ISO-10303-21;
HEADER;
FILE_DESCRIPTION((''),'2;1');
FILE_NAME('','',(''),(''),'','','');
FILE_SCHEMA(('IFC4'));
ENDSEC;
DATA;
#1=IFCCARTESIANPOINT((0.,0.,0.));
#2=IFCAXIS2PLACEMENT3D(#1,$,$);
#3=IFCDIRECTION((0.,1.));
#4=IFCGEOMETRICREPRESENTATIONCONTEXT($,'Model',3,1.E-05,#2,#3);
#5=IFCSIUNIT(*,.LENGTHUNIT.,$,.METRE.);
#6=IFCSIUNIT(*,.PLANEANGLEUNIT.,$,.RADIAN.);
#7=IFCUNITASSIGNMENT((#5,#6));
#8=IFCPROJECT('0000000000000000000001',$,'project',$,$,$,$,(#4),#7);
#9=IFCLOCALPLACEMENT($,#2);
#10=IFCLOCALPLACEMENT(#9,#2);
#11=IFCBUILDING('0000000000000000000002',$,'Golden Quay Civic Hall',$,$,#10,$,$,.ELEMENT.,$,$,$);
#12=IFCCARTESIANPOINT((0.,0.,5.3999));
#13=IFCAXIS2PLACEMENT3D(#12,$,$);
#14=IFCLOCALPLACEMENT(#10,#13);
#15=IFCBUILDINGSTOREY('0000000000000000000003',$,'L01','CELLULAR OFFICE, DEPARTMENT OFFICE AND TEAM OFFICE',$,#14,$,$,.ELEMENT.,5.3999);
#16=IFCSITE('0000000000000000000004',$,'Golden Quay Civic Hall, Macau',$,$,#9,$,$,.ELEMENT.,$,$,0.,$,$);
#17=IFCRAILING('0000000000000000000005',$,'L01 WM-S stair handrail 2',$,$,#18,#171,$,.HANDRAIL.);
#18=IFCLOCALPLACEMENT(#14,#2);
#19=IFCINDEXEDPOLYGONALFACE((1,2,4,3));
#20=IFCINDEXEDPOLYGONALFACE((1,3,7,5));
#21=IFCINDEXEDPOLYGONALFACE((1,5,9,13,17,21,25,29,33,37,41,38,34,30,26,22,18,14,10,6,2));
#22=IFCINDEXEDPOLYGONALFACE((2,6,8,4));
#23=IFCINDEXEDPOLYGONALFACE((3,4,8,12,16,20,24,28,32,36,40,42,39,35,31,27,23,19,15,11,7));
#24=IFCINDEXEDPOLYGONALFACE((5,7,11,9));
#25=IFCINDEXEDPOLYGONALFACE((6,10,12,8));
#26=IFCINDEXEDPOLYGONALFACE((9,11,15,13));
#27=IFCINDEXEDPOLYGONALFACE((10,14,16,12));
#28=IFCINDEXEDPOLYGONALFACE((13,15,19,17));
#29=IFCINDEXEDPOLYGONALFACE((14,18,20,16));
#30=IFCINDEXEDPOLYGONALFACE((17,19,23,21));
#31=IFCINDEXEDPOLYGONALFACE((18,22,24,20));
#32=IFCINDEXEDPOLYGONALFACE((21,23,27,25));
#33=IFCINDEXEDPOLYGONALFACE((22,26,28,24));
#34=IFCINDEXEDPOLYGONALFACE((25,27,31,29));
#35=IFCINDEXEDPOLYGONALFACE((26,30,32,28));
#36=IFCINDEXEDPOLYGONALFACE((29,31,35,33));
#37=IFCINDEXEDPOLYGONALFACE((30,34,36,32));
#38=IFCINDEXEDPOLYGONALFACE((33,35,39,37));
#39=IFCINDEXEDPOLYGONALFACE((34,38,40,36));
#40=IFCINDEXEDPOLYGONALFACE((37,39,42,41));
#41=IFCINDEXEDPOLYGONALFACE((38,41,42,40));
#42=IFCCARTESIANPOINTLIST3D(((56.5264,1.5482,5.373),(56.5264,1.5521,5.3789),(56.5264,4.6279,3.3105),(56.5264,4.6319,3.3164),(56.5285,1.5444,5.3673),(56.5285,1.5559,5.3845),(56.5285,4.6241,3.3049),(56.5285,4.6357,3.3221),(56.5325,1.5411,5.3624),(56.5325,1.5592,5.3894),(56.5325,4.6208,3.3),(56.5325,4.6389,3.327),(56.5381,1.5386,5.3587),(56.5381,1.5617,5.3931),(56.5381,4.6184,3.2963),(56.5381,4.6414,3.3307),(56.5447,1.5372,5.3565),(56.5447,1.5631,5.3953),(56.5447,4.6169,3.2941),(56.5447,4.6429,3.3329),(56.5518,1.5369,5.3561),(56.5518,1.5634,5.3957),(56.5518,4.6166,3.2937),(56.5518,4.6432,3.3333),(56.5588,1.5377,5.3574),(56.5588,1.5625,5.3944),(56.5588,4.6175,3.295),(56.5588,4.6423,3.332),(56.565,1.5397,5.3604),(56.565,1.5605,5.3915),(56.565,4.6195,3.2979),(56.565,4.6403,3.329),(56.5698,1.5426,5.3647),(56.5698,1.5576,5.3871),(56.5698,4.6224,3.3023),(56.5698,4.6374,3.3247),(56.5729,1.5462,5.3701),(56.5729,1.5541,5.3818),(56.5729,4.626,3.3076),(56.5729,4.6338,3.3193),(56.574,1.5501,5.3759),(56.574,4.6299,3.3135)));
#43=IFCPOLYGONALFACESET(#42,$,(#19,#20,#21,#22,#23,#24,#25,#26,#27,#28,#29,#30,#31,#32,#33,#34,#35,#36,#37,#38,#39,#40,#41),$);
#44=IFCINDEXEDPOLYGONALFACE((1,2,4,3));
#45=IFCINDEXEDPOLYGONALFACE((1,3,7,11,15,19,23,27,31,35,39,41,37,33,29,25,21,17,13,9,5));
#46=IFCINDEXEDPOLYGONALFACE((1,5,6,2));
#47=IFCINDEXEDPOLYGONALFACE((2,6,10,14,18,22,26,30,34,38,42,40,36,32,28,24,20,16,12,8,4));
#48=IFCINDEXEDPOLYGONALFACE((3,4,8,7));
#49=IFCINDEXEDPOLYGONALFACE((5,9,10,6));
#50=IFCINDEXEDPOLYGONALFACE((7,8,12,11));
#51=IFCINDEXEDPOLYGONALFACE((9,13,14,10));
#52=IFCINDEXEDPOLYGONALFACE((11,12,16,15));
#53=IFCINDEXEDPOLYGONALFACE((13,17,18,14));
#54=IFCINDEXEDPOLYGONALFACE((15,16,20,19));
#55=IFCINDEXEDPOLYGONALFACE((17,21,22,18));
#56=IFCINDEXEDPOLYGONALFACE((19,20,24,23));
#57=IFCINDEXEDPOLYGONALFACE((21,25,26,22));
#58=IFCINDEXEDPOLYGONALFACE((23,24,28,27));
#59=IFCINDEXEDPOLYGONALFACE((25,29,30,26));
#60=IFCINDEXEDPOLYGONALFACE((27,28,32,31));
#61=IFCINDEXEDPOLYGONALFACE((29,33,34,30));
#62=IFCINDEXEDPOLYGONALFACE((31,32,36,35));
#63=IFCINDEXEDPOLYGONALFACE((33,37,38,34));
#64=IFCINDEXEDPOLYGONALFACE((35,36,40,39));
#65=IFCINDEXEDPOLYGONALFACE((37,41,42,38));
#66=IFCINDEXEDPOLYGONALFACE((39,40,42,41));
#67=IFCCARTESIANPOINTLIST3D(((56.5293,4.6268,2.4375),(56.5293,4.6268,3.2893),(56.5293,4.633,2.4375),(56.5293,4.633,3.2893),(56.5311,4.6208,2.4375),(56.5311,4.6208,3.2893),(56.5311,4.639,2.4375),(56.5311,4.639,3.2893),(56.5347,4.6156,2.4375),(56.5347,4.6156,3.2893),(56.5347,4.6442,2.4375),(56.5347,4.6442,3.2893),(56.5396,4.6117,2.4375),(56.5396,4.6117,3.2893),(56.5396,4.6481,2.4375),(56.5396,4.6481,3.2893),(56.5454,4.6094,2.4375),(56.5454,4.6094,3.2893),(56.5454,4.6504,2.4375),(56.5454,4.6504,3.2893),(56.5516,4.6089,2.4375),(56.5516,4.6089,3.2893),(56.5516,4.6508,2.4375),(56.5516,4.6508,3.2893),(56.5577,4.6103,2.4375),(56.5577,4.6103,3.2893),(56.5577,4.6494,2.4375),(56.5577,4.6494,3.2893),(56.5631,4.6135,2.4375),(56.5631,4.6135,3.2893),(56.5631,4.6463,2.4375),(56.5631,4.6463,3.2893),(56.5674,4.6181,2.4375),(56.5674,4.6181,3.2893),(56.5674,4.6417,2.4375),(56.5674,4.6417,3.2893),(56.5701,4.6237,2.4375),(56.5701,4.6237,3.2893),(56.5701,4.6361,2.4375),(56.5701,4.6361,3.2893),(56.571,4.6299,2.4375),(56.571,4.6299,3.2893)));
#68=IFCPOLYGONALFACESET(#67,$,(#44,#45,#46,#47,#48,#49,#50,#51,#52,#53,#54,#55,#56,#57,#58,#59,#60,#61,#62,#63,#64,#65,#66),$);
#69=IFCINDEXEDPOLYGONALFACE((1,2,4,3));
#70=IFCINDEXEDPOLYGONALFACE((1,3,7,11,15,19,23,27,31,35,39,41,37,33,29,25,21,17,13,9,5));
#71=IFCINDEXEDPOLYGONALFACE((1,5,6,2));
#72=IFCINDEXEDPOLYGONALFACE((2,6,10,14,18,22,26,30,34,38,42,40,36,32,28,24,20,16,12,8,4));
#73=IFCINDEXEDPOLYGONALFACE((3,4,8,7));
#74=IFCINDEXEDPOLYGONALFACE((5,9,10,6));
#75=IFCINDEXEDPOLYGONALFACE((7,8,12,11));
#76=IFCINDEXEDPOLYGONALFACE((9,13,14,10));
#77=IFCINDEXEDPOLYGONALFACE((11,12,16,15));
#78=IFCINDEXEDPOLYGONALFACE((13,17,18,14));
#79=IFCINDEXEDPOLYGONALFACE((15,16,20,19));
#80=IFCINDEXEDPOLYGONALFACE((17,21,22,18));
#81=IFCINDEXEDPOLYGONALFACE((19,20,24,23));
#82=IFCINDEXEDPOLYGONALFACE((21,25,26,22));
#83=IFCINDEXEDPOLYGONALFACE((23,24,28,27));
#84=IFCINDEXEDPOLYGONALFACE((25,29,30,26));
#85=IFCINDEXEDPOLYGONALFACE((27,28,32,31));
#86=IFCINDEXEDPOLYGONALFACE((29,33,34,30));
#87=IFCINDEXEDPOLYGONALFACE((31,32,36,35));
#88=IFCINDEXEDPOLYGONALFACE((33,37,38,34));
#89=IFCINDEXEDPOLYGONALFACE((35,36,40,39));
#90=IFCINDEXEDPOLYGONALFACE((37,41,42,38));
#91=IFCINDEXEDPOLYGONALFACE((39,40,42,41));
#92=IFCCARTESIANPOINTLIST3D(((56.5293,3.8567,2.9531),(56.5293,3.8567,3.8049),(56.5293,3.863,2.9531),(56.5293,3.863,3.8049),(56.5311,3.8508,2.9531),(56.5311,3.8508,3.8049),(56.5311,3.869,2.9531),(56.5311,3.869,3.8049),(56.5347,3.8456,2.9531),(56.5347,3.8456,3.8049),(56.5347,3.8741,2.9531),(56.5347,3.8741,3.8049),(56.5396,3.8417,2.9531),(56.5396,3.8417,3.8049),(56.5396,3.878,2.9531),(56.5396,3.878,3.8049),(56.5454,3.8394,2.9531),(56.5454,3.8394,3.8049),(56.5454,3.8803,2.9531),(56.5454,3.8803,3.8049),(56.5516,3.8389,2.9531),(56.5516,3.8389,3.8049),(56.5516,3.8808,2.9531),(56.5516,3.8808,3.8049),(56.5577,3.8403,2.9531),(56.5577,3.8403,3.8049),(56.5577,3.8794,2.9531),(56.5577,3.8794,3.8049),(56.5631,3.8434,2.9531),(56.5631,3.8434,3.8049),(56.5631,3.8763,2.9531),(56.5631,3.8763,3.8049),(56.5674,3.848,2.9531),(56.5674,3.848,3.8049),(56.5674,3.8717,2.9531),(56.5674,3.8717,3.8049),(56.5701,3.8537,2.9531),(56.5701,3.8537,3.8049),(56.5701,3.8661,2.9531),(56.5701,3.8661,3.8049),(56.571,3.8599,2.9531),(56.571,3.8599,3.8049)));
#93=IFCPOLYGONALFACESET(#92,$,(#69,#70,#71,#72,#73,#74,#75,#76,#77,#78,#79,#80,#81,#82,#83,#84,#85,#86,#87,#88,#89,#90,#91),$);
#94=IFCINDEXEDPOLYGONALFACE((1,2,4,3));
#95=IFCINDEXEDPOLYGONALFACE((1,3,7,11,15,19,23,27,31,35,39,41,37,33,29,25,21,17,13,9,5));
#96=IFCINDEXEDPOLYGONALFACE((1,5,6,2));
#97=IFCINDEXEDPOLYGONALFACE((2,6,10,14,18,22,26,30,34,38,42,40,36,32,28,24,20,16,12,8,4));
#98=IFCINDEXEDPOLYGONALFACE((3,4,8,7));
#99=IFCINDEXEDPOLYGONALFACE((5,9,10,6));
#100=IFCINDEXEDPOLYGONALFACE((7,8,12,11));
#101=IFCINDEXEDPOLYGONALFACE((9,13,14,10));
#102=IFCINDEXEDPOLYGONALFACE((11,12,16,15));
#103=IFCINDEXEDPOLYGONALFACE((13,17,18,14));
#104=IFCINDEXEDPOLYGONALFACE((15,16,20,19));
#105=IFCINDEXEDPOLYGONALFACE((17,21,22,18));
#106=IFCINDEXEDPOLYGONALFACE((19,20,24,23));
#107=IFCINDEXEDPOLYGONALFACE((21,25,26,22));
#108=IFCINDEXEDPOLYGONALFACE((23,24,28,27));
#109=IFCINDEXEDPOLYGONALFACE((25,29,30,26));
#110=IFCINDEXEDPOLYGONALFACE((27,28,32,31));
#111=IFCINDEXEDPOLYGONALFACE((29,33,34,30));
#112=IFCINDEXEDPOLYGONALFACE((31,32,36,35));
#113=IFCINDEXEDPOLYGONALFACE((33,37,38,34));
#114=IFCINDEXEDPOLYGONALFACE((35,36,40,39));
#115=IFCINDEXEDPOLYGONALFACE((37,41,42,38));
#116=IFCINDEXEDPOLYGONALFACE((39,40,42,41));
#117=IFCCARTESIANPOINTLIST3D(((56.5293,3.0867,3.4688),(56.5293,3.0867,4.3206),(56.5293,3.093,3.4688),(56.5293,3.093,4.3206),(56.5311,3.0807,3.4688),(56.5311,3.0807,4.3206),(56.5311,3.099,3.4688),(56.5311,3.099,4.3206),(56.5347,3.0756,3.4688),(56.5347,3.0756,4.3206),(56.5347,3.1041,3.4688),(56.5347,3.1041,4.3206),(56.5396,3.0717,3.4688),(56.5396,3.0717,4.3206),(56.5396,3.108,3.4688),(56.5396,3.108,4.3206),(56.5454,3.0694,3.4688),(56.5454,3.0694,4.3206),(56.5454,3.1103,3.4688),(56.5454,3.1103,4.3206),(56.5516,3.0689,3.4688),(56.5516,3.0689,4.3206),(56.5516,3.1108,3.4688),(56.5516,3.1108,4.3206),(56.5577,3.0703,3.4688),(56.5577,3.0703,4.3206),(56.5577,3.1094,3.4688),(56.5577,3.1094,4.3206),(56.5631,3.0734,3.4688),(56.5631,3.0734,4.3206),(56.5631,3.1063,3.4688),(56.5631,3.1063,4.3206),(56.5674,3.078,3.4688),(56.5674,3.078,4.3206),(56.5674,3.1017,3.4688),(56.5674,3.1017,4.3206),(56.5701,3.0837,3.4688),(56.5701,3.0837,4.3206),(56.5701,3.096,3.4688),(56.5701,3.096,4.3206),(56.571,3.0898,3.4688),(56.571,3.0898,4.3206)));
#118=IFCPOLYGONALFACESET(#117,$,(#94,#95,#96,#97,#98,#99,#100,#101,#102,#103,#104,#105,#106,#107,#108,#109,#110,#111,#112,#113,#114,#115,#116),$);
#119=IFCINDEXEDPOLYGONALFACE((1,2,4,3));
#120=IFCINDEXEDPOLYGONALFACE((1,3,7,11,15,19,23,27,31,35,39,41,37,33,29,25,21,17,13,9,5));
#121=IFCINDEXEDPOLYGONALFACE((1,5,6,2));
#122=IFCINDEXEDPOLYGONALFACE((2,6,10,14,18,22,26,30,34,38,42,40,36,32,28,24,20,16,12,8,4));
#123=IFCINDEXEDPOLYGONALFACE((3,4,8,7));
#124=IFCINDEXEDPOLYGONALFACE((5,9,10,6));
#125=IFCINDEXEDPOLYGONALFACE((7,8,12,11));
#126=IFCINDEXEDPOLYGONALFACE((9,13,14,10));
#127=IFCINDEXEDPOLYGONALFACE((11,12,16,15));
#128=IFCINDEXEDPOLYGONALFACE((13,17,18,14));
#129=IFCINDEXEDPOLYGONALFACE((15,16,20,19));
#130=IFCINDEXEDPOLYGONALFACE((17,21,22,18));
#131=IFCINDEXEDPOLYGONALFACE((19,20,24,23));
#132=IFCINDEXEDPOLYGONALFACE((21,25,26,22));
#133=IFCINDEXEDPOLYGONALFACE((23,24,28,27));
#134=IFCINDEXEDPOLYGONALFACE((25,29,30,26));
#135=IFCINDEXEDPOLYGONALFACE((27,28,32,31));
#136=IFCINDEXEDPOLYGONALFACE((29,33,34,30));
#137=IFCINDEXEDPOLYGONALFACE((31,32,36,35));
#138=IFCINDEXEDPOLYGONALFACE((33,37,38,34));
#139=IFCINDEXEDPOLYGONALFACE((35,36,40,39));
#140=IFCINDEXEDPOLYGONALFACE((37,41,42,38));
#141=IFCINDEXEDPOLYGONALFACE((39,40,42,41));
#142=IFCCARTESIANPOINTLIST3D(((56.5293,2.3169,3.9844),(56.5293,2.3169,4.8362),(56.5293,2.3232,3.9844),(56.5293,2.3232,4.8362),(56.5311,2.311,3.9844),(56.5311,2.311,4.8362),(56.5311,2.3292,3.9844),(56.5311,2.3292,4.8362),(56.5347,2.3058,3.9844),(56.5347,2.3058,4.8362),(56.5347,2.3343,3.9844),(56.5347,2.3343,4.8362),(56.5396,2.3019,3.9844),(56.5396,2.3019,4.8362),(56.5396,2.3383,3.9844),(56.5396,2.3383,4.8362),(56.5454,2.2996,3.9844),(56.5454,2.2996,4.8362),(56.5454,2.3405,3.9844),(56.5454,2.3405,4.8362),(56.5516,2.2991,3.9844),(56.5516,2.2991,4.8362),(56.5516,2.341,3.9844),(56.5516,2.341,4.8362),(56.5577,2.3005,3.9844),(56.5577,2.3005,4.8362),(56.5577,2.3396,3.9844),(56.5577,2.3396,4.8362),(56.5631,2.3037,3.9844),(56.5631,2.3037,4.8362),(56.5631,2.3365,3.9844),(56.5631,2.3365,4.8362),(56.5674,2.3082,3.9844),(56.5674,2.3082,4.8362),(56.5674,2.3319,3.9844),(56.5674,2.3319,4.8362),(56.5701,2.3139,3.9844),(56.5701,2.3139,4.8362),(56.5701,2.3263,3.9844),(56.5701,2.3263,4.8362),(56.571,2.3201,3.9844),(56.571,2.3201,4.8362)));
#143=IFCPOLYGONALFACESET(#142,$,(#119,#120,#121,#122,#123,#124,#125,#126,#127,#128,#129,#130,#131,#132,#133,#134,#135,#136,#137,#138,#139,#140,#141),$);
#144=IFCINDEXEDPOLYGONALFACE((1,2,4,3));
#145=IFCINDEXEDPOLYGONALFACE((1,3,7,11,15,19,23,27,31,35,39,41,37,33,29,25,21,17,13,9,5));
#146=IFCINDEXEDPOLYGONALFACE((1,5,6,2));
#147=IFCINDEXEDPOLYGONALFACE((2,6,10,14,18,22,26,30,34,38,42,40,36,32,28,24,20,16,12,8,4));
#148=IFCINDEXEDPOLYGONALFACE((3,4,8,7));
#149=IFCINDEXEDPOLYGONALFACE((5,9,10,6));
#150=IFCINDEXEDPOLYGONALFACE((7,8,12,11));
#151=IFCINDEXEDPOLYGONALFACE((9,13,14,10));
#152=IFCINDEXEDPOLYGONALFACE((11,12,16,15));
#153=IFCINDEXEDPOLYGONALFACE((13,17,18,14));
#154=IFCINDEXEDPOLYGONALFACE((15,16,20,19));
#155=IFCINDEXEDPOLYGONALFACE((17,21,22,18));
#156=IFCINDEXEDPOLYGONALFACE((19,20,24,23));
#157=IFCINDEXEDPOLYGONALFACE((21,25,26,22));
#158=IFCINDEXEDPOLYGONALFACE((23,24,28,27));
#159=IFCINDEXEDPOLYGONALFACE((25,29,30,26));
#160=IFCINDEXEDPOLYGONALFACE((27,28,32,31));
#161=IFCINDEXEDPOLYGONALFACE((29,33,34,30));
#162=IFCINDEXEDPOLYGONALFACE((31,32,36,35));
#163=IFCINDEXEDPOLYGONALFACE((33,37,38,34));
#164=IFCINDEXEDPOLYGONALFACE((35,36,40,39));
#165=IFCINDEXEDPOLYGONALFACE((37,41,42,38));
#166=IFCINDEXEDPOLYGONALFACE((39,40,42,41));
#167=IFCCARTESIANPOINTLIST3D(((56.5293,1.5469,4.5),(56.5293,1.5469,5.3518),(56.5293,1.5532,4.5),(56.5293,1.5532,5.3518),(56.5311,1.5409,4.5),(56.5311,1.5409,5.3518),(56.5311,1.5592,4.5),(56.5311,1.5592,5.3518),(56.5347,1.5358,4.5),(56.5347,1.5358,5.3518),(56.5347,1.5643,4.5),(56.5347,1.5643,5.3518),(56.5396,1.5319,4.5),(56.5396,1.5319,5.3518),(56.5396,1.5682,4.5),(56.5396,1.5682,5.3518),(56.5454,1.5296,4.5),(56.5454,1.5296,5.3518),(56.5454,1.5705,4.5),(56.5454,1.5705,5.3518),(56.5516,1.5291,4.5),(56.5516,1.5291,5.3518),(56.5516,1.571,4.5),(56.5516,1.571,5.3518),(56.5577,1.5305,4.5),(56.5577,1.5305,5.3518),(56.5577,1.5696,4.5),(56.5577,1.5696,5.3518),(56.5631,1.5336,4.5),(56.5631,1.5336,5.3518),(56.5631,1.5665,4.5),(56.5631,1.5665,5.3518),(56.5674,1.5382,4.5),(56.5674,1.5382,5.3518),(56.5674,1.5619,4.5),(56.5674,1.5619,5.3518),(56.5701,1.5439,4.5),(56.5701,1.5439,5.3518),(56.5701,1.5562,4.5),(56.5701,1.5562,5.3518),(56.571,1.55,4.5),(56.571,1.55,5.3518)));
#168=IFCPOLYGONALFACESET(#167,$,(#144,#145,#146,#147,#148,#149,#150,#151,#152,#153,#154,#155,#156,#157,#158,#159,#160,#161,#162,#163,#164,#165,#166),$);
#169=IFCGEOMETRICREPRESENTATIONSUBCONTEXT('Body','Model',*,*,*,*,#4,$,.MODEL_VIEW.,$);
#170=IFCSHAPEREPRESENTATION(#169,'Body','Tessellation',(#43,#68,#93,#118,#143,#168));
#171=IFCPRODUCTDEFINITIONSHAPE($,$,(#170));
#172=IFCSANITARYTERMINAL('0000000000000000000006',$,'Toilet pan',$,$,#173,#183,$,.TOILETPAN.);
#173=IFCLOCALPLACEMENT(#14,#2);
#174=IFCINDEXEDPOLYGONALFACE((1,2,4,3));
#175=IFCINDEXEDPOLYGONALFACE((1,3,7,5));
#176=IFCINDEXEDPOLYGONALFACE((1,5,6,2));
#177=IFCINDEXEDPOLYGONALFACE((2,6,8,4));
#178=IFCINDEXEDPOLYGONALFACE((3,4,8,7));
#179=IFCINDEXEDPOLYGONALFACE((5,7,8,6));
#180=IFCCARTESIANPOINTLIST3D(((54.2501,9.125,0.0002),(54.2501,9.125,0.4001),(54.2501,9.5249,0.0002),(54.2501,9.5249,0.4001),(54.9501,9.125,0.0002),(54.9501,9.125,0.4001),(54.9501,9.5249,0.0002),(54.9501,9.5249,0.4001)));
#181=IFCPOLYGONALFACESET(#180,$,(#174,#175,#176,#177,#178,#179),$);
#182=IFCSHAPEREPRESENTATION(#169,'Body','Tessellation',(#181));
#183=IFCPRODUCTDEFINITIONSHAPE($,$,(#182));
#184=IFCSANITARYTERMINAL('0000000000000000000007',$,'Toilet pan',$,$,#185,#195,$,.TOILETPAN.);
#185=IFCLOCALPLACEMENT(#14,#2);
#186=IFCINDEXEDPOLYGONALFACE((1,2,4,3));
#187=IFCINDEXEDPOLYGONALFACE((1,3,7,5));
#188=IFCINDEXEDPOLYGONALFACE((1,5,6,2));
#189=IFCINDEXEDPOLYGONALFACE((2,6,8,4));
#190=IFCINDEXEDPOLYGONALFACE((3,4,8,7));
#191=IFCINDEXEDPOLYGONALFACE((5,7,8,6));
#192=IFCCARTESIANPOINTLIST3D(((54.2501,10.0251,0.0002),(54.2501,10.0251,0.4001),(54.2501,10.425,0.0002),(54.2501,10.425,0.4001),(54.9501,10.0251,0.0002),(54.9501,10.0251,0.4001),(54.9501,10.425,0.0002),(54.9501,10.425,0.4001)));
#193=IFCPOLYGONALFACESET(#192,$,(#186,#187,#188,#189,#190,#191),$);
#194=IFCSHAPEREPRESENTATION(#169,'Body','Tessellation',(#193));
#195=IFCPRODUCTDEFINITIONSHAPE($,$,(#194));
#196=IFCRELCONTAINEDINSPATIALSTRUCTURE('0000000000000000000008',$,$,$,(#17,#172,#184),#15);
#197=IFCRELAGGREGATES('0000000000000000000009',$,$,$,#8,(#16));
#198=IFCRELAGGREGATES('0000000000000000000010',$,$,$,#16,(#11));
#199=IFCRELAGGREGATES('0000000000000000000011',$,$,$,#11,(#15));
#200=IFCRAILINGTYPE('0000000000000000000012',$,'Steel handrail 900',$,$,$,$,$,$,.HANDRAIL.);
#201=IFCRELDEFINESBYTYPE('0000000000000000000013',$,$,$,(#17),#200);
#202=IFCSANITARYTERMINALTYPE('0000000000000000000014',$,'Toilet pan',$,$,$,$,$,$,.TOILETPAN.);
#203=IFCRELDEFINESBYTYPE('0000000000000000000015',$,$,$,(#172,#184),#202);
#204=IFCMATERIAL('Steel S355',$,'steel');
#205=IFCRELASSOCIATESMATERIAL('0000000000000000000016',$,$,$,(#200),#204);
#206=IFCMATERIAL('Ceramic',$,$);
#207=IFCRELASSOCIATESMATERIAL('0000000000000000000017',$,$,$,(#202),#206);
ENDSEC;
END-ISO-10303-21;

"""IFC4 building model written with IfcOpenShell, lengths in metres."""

from ifc_helpers import new_model, si_unit, direction, frame, origin, origin_2d, place, context, subcontext, project, spatial, rectangle, circle, extrude, material, type_object, element, save


model = new_model("IFC4")

# Units and contexts
model_context = context("Model", 3, precision=1e-05, world=origin(), true_north=direction((0.0, 1.0)))
body_context = subcontext(model_context, "Body", "Model", "MODEL_VIEW")
ifc_project = project(units=[si_unit("LENGTHUNIT", "METRE"), si_unit("PLANEANGLEUNIT", "RADIAN")], contexts=[model_context])

# Site, building, storey
site_placement = place(None, origin())
site = spatial("IfcSite", under=ifc_project, at=site_placement, Name="Golden Quay Civic Hall, Macau", CompositionType="ELEMENT", RefElevation=0.0)
building_placement = place(site_placement, origin())
building = spatial("IfcBuilding", under=site, at=building_placement, Name="Golden Quay Civic Hall", CompositionType="ELEMENT")
storey_placement = place(building_placement, frame((0.0, 0.0, 5.3999)))
storey = spatial("IfcBuildingStorey", under=building, at=storey_placement, Name="L01", Description="CELLULAR OFFICE, DEPARTMENT OFFICE AND TEAM OFFICE", CompositionType="ELEMENT", Elevation=5.3999)

# Railing
ifc_material_1 = material(Name="Steel S355", Category="steel")
railing_type_1 = type_object("IfcRailingType", Name="Steel handrail 900", PredefinedType="HANDRAIL", material=ifc_material_1)
railing_1_placement = place(storey_placement, frame((56.55, 4.6299, 2.4375)))
element("IfcRailing", 1, at=railing_1_placement, inside=storey, type_object=railing_type_1, Name="L01 WM-S stair handrail 2", PredefinedType="HANDRAIL", context=body_context, shape_type="SweptSolid", body=[
    extrude(circle(Radius=0.0239, at=origin_2d()), frame((0.0, 0.0, 0.876), z_axis=(0.0, -0.830893, 0.556432), x_axis=(1.0, 0.0, 0.0)), (0.0, 0.0, 1.0), 3.7065),
    extrude(circle(Radius=0.021, at=origin_2d()), origin(), (0.0, 0.0, 1.0), 0.8518),
    extrude(circle(Radius=0.021, at=origin_2d()), frame((0.0, -0.77, 0.5156)), (0.0, 0.0, 1.0), 0.8518),
    extrude(circle(Radius=0.021, at=origin_2d()), frame((0.0, -1.54, 1.0312)), (0.0, 0.0, 1.0), 0.8518),
    extrude(circle(Radius=0.021, at=origin_2d()), frame((0.0, -2.3098, 1.5469)), (0.0, 0.0, 1.0), 0.8518),
    extrude(circle(Radius=0.021, at=origin_2d()), frame((0.0, -3.0798, 2.0625)), (0.0, 0.0, 1.0), 0.8518),
])

# Sanitary terminals
ifc_material_2 = material(Name="Ceramic")
sanitary_terminal_type = type_object("IfcSanitaryTerminalType", Name="Toilet pan", PredefinedType="TOILETPAN", material=ifc_material_2)
for number, where, z_axis, x_axis, name in (
    (2, (54.6001, 9.325, 0.0002), (0.0, 0.0, 1.0), (0.0, 1.0, 0.0), "Toilet pan"),
    (3, (54.6001, 10.2251, 0.0002), (0.0, 0.0, 1.0), (0.0, 1.0, 0.0), "Toilet pan"),
):
    element("IfcSanitaryTerminal", number, at=place(storey_placement, frame(where, z_axis=z_axis, x_axis=x_axis)), inside=storey, type_object=sanitary_terminal_type, Name=name, PredefinedType="TOILETPAN", context=body_context, shape_type="SweptSolid", body=[
        extrude(rectangle(XDim=0.3999, YDim=0.7, at=origin_2d()), origin(), (0.0, 0.0, 1.0), 0.3999),
    ])

save(model, "model.ifc")
